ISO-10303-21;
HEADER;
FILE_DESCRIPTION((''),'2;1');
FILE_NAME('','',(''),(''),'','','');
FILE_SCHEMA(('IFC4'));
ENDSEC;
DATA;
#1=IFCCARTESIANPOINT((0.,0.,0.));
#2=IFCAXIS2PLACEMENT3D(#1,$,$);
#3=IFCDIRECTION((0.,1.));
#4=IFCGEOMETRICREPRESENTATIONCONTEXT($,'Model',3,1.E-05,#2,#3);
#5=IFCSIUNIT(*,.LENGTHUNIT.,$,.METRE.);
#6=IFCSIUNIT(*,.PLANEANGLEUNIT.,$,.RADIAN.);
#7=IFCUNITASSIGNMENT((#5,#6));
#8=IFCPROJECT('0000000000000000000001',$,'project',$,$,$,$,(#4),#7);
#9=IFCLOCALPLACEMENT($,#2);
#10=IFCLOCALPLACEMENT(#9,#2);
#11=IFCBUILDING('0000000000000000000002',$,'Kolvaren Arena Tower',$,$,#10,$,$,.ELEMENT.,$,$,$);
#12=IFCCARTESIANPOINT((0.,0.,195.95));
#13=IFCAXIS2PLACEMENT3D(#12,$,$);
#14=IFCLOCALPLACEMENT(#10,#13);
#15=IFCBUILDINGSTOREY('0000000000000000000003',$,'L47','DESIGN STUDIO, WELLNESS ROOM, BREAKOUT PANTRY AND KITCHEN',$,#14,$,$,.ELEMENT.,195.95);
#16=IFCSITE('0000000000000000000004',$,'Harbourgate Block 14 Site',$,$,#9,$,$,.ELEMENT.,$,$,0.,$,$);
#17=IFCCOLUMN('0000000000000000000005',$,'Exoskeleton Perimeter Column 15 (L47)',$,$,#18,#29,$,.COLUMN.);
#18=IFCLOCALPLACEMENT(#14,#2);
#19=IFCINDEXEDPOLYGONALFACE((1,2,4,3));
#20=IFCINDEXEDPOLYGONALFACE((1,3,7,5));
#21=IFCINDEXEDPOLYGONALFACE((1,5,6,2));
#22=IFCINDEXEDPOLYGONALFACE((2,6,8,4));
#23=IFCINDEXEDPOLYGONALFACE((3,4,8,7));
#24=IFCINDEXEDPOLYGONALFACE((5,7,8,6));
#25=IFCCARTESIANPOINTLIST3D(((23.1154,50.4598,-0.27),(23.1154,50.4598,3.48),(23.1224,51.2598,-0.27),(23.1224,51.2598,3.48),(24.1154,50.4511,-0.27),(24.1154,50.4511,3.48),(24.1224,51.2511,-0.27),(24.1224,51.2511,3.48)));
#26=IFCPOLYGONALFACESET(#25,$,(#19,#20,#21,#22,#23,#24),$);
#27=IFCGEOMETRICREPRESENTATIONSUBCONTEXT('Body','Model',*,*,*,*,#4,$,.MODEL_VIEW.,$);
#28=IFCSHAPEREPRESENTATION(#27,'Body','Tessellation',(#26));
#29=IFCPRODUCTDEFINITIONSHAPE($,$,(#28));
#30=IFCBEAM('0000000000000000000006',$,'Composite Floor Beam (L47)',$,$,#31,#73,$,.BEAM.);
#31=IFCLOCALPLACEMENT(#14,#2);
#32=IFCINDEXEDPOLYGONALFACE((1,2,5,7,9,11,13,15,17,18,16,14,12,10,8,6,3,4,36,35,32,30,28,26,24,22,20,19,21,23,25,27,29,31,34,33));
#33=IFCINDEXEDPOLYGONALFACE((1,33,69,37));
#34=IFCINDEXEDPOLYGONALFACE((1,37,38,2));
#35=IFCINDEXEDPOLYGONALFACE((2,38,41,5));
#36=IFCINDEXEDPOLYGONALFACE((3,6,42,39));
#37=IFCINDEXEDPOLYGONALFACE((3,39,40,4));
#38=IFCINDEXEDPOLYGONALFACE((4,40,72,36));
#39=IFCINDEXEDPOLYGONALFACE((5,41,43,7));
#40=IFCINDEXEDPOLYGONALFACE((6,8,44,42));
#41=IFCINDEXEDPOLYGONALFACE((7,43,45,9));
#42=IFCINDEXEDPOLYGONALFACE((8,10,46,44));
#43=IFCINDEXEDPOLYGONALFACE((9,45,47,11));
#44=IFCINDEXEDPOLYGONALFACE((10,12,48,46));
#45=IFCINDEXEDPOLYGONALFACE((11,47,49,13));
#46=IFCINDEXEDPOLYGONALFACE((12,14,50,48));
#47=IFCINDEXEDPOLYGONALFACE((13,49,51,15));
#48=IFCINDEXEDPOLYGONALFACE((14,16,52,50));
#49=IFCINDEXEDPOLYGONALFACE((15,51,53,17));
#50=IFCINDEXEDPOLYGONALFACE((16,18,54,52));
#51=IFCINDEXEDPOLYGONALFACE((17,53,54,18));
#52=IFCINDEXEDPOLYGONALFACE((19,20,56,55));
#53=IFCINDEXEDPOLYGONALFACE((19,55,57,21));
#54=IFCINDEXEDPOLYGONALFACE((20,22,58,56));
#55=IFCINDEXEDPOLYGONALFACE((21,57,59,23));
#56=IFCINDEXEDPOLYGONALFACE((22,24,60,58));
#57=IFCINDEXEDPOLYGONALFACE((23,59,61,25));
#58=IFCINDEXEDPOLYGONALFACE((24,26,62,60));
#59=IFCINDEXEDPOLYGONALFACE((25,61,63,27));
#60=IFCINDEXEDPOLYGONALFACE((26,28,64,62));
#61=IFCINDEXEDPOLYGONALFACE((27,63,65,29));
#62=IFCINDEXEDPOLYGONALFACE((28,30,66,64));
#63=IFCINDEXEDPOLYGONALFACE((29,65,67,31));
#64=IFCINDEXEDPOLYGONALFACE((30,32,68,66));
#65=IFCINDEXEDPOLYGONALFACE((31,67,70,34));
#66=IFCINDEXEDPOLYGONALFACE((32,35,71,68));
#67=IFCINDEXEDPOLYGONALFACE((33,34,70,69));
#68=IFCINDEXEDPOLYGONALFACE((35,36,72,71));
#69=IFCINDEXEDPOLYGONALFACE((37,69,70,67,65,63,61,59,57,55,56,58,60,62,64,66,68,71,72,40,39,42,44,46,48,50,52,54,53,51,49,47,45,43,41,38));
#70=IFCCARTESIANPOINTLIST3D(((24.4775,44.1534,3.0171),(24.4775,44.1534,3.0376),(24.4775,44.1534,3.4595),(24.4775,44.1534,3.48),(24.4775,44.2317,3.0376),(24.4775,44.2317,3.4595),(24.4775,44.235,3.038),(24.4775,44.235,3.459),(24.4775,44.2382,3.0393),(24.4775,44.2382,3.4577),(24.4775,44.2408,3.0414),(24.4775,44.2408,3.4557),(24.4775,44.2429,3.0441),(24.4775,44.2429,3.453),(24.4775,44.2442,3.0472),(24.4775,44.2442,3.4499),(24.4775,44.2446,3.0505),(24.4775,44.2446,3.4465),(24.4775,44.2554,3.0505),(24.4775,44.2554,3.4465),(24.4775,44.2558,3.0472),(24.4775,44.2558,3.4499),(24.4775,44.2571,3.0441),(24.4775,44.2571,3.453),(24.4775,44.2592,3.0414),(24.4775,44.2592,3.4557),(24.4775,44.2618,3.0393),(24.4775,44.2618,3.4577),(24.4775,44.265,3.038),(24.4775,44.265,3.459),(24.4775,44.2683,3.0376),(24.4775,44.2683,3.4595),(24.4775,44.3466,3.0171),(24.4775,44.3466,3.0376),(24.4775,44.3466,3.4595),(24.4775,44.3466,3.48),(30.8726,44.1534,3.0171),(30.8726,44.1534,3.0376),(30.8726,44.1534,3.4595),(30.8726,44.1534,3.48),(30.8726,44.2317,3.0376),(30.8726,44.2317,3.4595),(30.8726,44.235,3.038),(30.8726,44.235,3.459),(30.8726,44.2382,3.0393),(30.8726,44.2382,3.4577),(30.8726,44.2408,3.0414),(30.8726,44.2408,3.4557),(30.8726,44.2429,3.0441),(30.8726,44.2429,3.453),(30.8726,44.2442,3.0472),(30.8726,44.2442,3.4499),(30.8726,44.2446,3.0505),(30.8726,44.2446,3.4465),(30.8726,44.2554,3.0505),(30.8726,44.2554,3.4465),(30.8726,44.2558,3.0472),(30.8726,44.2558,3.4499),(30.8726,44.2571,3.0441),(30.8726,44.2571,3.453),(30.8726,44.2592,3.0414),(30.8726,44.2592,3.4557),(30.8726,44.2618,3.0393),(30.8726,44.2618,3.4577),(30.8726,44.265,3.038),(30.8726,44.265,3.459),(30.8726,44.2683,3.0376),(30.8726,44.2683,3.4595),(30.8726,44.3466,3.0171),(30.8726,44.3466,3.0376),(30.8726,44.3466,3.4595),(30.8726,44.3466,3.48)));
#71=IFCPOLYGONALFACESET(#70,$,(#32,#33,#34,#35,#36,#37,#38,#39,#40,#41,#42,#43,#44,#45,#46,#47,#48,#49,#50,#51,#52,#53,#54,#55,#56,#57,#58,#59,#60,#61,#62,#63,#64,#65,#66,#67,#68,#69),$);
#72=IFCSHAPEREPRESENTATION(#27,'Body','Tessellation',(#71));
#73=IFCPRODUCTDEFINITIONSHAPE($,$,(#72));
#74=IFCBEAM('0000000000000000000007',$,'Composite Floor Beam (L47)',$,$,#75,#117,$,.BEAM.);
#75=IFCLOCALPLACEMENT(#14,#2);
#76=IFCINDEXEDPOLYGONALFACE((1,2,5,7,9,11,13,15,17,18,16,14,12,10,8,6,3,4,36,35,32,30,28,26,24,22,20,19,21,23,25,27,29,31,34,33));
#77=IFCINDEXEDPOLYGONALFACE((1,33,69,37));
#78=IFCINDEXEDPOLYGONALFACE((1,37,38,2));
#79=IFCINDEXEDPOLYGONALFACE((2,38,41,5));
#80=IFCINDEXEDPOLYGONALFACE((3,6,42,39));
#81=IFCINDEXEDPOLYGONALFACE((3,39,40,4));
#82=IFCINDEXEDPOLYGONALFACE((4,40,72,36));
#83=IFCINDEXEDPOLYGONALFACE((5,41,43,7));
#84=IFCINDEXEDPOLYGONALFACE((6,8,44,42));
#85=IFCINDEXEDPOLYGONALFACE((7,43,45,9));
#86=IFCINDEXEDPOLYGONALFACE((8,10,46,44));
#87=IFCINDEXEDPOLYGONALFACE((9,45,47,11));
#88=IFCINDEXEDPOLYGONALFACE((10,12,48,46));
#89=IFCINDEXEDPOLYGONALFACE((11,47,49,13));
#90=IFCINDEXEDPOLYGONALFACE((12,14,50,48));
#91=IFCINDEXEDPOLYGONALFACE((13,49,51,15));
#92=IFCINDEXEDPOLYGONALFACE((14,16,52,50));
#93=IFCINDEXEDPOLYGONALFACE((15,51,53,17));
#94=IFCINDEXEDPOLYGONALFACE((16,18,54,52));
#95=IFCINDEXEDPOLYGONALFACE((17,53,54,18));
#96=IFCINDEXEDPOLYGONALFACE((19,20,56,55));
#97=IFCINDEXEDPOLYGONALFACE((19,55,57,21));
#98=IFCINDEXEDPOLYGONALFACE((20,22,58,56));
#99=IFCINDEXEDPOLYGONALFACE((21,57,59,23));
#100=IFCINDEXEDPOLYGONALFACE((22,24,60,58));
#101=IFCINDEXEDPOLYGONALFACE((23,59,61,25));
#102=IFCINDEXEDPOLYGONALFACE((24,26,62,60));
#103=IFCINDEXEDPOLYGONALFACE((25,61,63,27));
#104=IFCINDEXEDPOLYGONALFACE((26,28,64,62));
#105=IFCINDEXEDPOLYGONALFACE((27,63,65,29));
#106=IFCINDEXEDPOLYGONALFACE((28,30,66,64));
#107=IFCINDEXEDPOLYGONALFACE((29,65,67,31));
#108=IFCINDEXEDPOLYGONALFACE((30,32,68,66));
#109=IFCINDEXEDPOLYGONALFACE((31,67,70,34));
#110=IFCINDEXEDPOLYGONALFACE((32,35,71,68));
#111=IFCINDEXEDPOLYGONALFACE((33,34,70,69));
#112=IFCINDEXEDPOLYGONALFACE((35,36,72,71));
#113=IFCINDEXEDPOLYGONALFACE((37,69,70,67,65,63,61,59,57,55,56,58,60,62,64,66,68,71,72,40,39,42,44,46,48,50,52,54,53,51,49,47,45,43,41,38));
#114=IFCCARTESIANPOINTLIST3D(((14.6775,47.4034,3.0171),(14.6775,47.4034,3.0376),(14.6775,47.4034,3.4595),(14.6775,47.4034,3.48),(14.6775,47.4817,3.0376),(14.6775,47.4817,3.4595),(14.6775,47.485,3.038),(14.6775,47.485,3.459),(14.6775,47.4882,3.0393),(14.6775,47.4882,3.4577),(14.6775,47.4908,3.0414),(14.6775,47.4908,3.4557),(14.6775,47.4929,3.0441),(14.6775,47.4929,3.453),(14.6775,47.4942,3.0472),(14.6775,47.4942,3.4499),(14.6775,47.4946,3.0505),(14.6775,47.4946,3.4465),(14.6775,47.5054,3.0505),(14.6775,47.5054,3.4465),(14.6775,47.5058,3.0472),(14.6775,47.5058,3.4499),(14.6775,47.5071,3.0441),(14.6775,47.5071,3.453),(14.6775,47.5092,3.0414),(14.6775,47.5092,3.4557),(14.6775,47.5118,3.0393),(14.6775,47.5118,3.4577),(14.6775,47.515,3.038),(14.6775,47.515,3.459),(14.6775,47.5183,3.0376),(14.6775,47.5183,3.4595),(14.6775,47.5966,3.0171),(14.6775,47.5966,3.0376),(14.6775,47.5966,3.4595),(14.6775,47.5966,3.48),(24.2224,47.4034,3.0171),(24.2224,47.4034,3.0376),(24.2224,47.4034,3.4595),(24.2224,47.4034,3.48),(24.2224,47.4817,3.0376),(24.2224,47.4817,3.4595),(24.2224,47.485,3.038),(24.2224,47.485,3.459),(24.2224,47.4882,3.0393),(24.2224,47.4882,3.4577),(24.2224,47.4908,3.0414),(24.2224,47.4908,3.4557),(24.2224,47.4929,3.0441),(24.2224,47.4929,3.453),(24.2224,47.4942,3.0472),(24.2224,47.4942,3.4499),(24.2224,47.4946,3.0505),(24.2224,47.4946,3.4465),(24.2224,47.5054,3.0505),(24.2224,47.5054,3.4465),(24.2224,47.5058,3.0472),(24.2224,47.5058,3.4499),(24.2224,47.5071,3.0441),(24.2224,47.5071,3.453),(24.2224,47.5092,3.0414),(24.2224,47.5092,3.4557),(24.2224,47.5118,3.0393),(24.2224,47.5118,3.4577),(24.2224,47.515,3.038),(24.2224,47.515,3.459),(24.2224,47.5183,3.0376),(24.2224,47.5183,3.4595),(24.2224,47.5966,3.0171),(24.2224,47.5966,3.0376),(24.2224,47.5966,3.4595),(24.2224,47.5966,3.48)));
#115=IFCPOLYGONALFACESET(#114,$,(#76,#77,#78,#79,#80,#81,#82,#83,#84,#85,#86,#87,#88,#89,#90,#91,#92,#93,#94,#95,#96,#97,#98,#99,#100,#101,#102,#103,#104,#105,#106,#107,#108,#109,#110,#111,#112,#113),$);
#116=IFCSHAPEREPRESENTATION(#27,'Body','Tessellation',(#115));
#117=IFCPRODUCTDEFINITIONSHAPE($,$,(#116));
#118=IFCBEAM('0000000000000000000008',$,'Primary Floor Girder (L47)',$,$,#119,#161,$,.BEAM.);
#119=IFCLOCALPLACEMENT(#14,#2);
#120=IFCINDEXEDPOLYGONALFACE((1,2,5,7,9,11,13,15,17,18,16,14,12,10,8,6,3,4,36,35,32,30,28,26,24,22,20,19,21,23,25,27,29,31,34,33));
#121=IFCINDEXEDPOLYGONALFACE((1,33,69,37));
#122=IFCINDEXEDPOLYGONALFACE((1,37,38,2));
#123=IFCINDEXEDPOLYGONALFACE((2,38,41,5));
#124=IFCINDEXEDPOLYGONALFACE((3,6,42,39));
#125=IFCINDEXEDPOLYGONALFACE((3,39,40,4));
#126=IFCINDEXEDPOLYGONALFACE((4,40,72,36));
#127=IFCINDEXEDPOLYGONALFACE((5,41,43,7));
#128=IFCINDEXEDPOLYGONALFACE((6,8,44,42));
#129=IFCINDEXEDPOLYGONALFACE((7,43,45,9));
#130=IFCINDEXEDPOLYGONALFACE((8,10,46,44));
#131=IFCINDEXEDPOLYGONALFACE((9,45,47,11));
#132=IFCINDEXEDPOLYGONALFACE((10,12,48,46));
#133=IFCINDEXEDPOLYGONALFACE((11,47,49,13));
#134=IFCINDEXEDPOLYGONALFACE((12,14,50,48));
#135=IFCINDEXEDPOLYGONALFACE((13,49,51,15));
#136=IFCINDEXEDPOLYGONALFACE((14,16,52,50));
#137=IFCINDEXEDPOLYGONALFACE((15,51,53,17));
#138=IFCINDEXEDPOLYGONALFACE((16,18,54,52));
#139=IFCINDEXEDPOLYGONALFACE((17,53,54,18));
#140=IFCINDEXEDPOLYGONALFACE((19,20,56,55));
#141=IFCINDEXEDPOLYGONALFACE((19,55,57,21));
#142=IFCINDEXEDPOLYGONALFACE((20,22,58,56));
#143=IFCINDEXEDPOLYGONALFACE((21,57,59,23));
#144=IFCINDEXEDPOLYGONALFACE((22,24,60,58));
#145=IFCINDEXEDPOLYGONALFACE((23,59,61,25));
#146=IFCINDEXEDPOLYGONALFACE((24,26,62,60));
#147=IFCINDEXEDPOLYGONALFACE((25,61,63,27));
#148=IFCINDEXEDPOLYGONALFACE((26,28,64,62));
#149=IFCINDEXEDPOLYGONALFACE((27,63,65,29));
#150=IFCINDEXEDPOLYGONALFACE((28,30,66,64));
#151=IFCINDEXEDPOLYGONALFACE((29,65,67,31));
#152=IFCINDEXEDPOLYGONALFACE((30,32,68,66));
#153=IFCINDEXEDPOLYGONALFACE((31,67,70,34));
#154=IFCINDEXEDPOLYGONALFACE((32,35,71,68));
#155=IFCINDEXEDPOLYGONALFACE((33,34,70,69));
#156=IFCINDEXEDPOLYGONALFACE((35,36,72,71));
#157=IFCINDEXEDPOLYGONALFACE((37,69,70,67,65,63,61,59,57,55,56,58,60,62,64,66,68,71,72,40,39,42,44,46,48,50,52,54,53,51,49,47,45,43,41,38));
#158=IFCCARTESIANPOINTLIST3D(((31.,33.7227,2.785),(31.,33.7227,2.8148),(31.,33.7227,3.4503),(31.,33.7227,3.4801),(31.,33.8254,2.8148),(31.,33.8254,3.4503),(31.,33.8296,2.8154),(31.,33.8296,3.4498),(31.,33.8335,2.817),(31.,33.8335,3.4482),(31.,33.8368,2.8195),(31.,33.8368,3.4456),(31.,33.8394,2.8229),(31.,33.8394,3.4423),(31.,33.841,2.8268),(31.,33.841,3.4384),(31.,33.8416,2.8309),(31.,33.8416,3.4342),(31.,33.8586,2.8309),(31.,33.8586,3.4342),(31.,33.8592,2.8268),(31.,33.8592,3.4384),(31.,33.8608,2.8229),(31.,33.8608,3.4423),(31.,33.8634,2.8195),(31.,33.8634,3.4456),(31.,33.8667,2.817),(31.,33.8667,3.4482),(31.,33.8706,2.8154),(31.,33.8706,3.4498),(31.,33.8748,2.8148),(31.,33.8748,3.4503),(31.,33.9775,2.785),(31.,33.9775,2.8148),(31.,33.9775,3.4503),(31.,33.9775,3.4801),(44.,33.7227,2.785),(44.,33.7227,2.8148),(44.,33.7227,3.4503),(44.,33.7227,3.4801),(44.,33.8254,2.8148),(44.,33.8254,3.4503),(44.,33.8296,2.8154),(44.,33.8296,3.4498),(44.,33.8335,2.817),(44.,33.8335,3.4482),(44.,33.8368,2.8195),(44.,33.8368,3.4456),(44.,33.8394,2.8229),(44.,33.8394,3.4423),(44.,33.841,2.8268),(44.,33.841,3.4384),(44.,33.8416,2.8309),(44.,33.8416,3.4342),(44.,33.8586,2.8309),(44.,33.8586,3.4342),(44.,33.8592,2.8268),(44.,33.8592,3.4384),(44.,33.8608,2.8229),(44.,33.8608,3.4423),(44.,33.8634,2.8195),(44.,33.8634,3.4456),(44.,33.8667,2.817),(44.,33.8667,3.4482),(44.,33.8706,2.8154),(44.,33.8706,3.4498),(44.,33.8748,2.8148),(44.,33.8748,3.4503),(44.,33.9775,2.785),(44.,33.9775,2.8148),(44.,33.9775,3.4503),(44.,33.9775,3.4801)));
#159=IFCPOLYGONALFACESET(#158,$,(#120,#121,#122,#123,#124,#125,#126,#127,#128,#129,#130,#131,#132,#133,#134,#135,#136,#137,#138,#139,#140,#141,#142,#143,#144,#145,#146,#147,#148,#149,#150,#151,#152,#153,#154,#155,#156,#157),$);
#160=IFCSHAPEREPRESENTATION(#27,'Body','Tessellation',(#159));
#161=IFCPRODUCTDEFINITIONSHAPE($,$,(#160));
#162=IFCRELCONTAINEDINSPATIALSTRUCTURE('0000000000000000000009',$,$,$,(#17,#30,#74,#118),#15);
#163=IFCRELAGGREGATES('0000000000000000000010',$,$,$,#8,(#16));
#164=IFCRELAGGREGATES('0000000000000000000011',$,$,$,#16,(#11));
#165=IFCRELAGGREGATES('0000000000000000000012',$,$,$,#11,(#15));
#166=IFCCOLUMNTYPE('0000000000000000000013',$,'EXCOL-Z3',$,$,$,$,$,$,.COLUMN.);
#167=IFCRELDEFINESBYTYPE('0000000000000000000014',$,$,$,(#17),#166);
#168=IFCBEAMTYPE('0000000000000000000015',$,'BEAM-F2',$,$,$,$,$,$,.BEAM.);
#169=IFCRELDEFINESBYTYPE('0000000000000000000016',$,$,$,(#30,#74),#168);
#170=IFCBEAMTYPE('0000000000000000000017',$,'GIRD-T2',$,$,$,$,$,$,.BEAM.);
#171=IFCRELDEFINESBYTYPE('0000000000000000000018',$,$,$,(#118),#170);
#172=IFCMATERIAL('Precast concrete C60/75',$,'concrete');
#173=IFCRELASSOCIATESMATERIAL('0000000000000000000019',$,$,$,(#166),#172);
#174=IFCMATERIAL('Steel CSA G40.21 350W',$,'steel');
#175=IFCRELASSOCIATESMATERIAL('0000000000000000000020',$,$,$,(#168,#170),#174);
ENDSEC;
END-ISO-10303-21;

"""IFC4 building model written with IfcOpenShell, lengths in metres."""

from ifc_helpers import new_model, si_unit, direction, frame, origin, origin_2d, place, context, subcontext, project, spatial, rectangle, i_section, extrude, material, material_profile, profile_set, type_object, element, save


model = new_model("IFC4")

# Units and contexts
model_context = context("Model", 3, precision=1e-05, world=origin(), true_north=direction((0.0, 1.0)))
body_context = subcontext(model_context, "Body", "Model", "MODEL_VIEW")
ifc_project = project(units=[si_unit("LENGTHUNIT", "METRE"), si_unit("PLANEANGLEUNIT", "RADIAN")], contexts=[model_context])

# Site, building, storey
site_placement = place(None, origin())
site = spatial("IfcSite", under=ifc_project, at=site_placement, Name="Harbourgate Block 14 Site", CompositionType="ELEMENT", RefElevation=0.0)
building_placement = place(site_placement, origin())
building = spatial("IfcBuilding", under=site, at=building_placement, Name="Kolvaren Arena Tower", CompositionType="ELEMENT")
storey_placement = place(building_placement, frame((0.0, 0.0, 195.95)))
storey = spatial("IfcBuildingStorey", under=building, at=storey_placement, Name="L47", Description="DESIGN STUDIO, WELLNESS ROOM, BREAKOUT PANTRY AND KITCHEN", CompositionType="ELEMENT", Elevation=195.95)

# Column
ifc_material_1 = material(Name="Precast concrete C60/75", Category="concrete")
ifc_material_profile_1 = material_profile(ifc_material_1, rectangle(XDim=1.0, YDim=0.8, at=origin_2d()), Name="RC-1000x800")
ifc_profile_set_1 = profile_set([ifc_material_profile_1], Name="Precast concrete C60/75")
column_type = type_object("IfcColumnType", Name="EXCOL-Z3", PredefinedType="COLUMN", material=ifc_profile_set_1)
column_placement = place(storey_placement, frame((23.6189, 50.8555, -0.27), z_axis=(0.0, 0.0, 1.0), x_axis=(0.999962, -0.008727, 0.0)))
element("IfcColumn", 1, at=column_placement, inside=storey, type_object=column_type, Name="Exoskeleton Perimeter Column 15 (L47)", PredefinedType="COLUMN", context=body_context, shape_type="SweptSolid", body=[
    extrude(rectangle(XDim=1.0, YDim=0.8, at=origin_2d()), origin(), (0.0, 0.0, 1.0), 3.75),
])

# Beams
ifc_material_2 = material(Name="Steel CSA G40.21 350W", Category="steel")
ifc_material_profile_2 = material_profile(ifc_material_2, i_section(OverallWidth=0.1931, OverallDepth=0.4629, WebThickness=0.0107, FlangeThickness=0.0205, FilletRadius=0.0129, at=origin_2d()), Name="W460x113")
ifc_profile_set_2 = profile_set([ifc_material_profile_2], Name="Steel CSA G40.21 350W")
beam_type_1 = type_object("IfcBeamType", Name="BEAM-F2", PredefinedType="BEAM", material=ifc_profile_set_2)
beam_1_placement = place(storey_placement, frame((24.4775, 44.25, 3.2485), z_axis=(1.0, 0.0, 0.0), x_axis=(0.0, 1.0, 0.0)))
element("IfcBeam", 2, at=beam_1_placement, inside=storey, type_object=beam_type_1, Name="Composite Floor Beam (L47)", PredefinedType="BEAM", context=body_context, shape_type="SweptSolid", body=[
    extrude(i_section(OverallWidth=0.1931, OverallDepth=0.4629, WebThickness=0.0107, FlangeThickness=0.0205, FilletRadius=0.0129, at=origin_2d()), origin(), (0.0, 0.0, 1.0), 6.395),
])
beam_2_placement = place(storey_placement, frame((14.6775, 47.5, 3.2485), z_axis=(1.0, 0.0, 0.0), x_axis=(0.0, 1.0, 0.0)))
element("IfcBeam", 3, at=beam_2_placement, inside=storey, type_object=beam_type_1, Name="Composite Floor Beam (L47)", PredefinedType="BEAM", context=body_context, shape_type="SweptSolid", body=[
    extrude(i_section(OverallWidth=0.1931, OverallDepth=0.4629, WebThickness=0.0107, FlangeThickness=0.0205, FilletRadius=0.0129, at=origin_2d()), origin(), (0.0, 0.0, 1.0), 9.5449),
])
ifc_material_profile_3 = material_profile(ifc_material_2, i_section(OverallWidth=0.2549, OverallDepth=0.6951, WebThickness=0.0171, FlangeThickness=0.0298, FilletRadius=0.0161, at=origin_2d()), Name="W690x217")
ifc_profile_set_3 = profile_set([ifc_material_profile_3], Name="Steel CSA G40.21 350W")
beam_type_2 = type_object("IfcBeamType", Name="GIRD-T2", PredefinedType="BEAM", material=ifc_profile_set_3)
beam_3_placement = place(storey_placement, frame((31.0, 33.8501, 3.1326), z_axis=(1.0, 0.0, 0.0), x_axis=(0.0, 1.0, 0.0)))
element("IfcBeam", 4, at=beam_3_placement, inside=storey, type_object=beam_type_2, Name="Primary Floor Girder (L47)", PredefinedType="BEAM", context=body_context, shape_type="SweptSolid", body=[
    extrude(i_section(OverallWidth=0.2549, OverallDepth=0.6951, WebThickness=0.0171, FlangeThickness=0.0298, FilletRadius=0.0161, at=origin_2d()), origin(), (0.0, 0.0, 1.0), 13.0),
])

save(model, "model.ifc")
